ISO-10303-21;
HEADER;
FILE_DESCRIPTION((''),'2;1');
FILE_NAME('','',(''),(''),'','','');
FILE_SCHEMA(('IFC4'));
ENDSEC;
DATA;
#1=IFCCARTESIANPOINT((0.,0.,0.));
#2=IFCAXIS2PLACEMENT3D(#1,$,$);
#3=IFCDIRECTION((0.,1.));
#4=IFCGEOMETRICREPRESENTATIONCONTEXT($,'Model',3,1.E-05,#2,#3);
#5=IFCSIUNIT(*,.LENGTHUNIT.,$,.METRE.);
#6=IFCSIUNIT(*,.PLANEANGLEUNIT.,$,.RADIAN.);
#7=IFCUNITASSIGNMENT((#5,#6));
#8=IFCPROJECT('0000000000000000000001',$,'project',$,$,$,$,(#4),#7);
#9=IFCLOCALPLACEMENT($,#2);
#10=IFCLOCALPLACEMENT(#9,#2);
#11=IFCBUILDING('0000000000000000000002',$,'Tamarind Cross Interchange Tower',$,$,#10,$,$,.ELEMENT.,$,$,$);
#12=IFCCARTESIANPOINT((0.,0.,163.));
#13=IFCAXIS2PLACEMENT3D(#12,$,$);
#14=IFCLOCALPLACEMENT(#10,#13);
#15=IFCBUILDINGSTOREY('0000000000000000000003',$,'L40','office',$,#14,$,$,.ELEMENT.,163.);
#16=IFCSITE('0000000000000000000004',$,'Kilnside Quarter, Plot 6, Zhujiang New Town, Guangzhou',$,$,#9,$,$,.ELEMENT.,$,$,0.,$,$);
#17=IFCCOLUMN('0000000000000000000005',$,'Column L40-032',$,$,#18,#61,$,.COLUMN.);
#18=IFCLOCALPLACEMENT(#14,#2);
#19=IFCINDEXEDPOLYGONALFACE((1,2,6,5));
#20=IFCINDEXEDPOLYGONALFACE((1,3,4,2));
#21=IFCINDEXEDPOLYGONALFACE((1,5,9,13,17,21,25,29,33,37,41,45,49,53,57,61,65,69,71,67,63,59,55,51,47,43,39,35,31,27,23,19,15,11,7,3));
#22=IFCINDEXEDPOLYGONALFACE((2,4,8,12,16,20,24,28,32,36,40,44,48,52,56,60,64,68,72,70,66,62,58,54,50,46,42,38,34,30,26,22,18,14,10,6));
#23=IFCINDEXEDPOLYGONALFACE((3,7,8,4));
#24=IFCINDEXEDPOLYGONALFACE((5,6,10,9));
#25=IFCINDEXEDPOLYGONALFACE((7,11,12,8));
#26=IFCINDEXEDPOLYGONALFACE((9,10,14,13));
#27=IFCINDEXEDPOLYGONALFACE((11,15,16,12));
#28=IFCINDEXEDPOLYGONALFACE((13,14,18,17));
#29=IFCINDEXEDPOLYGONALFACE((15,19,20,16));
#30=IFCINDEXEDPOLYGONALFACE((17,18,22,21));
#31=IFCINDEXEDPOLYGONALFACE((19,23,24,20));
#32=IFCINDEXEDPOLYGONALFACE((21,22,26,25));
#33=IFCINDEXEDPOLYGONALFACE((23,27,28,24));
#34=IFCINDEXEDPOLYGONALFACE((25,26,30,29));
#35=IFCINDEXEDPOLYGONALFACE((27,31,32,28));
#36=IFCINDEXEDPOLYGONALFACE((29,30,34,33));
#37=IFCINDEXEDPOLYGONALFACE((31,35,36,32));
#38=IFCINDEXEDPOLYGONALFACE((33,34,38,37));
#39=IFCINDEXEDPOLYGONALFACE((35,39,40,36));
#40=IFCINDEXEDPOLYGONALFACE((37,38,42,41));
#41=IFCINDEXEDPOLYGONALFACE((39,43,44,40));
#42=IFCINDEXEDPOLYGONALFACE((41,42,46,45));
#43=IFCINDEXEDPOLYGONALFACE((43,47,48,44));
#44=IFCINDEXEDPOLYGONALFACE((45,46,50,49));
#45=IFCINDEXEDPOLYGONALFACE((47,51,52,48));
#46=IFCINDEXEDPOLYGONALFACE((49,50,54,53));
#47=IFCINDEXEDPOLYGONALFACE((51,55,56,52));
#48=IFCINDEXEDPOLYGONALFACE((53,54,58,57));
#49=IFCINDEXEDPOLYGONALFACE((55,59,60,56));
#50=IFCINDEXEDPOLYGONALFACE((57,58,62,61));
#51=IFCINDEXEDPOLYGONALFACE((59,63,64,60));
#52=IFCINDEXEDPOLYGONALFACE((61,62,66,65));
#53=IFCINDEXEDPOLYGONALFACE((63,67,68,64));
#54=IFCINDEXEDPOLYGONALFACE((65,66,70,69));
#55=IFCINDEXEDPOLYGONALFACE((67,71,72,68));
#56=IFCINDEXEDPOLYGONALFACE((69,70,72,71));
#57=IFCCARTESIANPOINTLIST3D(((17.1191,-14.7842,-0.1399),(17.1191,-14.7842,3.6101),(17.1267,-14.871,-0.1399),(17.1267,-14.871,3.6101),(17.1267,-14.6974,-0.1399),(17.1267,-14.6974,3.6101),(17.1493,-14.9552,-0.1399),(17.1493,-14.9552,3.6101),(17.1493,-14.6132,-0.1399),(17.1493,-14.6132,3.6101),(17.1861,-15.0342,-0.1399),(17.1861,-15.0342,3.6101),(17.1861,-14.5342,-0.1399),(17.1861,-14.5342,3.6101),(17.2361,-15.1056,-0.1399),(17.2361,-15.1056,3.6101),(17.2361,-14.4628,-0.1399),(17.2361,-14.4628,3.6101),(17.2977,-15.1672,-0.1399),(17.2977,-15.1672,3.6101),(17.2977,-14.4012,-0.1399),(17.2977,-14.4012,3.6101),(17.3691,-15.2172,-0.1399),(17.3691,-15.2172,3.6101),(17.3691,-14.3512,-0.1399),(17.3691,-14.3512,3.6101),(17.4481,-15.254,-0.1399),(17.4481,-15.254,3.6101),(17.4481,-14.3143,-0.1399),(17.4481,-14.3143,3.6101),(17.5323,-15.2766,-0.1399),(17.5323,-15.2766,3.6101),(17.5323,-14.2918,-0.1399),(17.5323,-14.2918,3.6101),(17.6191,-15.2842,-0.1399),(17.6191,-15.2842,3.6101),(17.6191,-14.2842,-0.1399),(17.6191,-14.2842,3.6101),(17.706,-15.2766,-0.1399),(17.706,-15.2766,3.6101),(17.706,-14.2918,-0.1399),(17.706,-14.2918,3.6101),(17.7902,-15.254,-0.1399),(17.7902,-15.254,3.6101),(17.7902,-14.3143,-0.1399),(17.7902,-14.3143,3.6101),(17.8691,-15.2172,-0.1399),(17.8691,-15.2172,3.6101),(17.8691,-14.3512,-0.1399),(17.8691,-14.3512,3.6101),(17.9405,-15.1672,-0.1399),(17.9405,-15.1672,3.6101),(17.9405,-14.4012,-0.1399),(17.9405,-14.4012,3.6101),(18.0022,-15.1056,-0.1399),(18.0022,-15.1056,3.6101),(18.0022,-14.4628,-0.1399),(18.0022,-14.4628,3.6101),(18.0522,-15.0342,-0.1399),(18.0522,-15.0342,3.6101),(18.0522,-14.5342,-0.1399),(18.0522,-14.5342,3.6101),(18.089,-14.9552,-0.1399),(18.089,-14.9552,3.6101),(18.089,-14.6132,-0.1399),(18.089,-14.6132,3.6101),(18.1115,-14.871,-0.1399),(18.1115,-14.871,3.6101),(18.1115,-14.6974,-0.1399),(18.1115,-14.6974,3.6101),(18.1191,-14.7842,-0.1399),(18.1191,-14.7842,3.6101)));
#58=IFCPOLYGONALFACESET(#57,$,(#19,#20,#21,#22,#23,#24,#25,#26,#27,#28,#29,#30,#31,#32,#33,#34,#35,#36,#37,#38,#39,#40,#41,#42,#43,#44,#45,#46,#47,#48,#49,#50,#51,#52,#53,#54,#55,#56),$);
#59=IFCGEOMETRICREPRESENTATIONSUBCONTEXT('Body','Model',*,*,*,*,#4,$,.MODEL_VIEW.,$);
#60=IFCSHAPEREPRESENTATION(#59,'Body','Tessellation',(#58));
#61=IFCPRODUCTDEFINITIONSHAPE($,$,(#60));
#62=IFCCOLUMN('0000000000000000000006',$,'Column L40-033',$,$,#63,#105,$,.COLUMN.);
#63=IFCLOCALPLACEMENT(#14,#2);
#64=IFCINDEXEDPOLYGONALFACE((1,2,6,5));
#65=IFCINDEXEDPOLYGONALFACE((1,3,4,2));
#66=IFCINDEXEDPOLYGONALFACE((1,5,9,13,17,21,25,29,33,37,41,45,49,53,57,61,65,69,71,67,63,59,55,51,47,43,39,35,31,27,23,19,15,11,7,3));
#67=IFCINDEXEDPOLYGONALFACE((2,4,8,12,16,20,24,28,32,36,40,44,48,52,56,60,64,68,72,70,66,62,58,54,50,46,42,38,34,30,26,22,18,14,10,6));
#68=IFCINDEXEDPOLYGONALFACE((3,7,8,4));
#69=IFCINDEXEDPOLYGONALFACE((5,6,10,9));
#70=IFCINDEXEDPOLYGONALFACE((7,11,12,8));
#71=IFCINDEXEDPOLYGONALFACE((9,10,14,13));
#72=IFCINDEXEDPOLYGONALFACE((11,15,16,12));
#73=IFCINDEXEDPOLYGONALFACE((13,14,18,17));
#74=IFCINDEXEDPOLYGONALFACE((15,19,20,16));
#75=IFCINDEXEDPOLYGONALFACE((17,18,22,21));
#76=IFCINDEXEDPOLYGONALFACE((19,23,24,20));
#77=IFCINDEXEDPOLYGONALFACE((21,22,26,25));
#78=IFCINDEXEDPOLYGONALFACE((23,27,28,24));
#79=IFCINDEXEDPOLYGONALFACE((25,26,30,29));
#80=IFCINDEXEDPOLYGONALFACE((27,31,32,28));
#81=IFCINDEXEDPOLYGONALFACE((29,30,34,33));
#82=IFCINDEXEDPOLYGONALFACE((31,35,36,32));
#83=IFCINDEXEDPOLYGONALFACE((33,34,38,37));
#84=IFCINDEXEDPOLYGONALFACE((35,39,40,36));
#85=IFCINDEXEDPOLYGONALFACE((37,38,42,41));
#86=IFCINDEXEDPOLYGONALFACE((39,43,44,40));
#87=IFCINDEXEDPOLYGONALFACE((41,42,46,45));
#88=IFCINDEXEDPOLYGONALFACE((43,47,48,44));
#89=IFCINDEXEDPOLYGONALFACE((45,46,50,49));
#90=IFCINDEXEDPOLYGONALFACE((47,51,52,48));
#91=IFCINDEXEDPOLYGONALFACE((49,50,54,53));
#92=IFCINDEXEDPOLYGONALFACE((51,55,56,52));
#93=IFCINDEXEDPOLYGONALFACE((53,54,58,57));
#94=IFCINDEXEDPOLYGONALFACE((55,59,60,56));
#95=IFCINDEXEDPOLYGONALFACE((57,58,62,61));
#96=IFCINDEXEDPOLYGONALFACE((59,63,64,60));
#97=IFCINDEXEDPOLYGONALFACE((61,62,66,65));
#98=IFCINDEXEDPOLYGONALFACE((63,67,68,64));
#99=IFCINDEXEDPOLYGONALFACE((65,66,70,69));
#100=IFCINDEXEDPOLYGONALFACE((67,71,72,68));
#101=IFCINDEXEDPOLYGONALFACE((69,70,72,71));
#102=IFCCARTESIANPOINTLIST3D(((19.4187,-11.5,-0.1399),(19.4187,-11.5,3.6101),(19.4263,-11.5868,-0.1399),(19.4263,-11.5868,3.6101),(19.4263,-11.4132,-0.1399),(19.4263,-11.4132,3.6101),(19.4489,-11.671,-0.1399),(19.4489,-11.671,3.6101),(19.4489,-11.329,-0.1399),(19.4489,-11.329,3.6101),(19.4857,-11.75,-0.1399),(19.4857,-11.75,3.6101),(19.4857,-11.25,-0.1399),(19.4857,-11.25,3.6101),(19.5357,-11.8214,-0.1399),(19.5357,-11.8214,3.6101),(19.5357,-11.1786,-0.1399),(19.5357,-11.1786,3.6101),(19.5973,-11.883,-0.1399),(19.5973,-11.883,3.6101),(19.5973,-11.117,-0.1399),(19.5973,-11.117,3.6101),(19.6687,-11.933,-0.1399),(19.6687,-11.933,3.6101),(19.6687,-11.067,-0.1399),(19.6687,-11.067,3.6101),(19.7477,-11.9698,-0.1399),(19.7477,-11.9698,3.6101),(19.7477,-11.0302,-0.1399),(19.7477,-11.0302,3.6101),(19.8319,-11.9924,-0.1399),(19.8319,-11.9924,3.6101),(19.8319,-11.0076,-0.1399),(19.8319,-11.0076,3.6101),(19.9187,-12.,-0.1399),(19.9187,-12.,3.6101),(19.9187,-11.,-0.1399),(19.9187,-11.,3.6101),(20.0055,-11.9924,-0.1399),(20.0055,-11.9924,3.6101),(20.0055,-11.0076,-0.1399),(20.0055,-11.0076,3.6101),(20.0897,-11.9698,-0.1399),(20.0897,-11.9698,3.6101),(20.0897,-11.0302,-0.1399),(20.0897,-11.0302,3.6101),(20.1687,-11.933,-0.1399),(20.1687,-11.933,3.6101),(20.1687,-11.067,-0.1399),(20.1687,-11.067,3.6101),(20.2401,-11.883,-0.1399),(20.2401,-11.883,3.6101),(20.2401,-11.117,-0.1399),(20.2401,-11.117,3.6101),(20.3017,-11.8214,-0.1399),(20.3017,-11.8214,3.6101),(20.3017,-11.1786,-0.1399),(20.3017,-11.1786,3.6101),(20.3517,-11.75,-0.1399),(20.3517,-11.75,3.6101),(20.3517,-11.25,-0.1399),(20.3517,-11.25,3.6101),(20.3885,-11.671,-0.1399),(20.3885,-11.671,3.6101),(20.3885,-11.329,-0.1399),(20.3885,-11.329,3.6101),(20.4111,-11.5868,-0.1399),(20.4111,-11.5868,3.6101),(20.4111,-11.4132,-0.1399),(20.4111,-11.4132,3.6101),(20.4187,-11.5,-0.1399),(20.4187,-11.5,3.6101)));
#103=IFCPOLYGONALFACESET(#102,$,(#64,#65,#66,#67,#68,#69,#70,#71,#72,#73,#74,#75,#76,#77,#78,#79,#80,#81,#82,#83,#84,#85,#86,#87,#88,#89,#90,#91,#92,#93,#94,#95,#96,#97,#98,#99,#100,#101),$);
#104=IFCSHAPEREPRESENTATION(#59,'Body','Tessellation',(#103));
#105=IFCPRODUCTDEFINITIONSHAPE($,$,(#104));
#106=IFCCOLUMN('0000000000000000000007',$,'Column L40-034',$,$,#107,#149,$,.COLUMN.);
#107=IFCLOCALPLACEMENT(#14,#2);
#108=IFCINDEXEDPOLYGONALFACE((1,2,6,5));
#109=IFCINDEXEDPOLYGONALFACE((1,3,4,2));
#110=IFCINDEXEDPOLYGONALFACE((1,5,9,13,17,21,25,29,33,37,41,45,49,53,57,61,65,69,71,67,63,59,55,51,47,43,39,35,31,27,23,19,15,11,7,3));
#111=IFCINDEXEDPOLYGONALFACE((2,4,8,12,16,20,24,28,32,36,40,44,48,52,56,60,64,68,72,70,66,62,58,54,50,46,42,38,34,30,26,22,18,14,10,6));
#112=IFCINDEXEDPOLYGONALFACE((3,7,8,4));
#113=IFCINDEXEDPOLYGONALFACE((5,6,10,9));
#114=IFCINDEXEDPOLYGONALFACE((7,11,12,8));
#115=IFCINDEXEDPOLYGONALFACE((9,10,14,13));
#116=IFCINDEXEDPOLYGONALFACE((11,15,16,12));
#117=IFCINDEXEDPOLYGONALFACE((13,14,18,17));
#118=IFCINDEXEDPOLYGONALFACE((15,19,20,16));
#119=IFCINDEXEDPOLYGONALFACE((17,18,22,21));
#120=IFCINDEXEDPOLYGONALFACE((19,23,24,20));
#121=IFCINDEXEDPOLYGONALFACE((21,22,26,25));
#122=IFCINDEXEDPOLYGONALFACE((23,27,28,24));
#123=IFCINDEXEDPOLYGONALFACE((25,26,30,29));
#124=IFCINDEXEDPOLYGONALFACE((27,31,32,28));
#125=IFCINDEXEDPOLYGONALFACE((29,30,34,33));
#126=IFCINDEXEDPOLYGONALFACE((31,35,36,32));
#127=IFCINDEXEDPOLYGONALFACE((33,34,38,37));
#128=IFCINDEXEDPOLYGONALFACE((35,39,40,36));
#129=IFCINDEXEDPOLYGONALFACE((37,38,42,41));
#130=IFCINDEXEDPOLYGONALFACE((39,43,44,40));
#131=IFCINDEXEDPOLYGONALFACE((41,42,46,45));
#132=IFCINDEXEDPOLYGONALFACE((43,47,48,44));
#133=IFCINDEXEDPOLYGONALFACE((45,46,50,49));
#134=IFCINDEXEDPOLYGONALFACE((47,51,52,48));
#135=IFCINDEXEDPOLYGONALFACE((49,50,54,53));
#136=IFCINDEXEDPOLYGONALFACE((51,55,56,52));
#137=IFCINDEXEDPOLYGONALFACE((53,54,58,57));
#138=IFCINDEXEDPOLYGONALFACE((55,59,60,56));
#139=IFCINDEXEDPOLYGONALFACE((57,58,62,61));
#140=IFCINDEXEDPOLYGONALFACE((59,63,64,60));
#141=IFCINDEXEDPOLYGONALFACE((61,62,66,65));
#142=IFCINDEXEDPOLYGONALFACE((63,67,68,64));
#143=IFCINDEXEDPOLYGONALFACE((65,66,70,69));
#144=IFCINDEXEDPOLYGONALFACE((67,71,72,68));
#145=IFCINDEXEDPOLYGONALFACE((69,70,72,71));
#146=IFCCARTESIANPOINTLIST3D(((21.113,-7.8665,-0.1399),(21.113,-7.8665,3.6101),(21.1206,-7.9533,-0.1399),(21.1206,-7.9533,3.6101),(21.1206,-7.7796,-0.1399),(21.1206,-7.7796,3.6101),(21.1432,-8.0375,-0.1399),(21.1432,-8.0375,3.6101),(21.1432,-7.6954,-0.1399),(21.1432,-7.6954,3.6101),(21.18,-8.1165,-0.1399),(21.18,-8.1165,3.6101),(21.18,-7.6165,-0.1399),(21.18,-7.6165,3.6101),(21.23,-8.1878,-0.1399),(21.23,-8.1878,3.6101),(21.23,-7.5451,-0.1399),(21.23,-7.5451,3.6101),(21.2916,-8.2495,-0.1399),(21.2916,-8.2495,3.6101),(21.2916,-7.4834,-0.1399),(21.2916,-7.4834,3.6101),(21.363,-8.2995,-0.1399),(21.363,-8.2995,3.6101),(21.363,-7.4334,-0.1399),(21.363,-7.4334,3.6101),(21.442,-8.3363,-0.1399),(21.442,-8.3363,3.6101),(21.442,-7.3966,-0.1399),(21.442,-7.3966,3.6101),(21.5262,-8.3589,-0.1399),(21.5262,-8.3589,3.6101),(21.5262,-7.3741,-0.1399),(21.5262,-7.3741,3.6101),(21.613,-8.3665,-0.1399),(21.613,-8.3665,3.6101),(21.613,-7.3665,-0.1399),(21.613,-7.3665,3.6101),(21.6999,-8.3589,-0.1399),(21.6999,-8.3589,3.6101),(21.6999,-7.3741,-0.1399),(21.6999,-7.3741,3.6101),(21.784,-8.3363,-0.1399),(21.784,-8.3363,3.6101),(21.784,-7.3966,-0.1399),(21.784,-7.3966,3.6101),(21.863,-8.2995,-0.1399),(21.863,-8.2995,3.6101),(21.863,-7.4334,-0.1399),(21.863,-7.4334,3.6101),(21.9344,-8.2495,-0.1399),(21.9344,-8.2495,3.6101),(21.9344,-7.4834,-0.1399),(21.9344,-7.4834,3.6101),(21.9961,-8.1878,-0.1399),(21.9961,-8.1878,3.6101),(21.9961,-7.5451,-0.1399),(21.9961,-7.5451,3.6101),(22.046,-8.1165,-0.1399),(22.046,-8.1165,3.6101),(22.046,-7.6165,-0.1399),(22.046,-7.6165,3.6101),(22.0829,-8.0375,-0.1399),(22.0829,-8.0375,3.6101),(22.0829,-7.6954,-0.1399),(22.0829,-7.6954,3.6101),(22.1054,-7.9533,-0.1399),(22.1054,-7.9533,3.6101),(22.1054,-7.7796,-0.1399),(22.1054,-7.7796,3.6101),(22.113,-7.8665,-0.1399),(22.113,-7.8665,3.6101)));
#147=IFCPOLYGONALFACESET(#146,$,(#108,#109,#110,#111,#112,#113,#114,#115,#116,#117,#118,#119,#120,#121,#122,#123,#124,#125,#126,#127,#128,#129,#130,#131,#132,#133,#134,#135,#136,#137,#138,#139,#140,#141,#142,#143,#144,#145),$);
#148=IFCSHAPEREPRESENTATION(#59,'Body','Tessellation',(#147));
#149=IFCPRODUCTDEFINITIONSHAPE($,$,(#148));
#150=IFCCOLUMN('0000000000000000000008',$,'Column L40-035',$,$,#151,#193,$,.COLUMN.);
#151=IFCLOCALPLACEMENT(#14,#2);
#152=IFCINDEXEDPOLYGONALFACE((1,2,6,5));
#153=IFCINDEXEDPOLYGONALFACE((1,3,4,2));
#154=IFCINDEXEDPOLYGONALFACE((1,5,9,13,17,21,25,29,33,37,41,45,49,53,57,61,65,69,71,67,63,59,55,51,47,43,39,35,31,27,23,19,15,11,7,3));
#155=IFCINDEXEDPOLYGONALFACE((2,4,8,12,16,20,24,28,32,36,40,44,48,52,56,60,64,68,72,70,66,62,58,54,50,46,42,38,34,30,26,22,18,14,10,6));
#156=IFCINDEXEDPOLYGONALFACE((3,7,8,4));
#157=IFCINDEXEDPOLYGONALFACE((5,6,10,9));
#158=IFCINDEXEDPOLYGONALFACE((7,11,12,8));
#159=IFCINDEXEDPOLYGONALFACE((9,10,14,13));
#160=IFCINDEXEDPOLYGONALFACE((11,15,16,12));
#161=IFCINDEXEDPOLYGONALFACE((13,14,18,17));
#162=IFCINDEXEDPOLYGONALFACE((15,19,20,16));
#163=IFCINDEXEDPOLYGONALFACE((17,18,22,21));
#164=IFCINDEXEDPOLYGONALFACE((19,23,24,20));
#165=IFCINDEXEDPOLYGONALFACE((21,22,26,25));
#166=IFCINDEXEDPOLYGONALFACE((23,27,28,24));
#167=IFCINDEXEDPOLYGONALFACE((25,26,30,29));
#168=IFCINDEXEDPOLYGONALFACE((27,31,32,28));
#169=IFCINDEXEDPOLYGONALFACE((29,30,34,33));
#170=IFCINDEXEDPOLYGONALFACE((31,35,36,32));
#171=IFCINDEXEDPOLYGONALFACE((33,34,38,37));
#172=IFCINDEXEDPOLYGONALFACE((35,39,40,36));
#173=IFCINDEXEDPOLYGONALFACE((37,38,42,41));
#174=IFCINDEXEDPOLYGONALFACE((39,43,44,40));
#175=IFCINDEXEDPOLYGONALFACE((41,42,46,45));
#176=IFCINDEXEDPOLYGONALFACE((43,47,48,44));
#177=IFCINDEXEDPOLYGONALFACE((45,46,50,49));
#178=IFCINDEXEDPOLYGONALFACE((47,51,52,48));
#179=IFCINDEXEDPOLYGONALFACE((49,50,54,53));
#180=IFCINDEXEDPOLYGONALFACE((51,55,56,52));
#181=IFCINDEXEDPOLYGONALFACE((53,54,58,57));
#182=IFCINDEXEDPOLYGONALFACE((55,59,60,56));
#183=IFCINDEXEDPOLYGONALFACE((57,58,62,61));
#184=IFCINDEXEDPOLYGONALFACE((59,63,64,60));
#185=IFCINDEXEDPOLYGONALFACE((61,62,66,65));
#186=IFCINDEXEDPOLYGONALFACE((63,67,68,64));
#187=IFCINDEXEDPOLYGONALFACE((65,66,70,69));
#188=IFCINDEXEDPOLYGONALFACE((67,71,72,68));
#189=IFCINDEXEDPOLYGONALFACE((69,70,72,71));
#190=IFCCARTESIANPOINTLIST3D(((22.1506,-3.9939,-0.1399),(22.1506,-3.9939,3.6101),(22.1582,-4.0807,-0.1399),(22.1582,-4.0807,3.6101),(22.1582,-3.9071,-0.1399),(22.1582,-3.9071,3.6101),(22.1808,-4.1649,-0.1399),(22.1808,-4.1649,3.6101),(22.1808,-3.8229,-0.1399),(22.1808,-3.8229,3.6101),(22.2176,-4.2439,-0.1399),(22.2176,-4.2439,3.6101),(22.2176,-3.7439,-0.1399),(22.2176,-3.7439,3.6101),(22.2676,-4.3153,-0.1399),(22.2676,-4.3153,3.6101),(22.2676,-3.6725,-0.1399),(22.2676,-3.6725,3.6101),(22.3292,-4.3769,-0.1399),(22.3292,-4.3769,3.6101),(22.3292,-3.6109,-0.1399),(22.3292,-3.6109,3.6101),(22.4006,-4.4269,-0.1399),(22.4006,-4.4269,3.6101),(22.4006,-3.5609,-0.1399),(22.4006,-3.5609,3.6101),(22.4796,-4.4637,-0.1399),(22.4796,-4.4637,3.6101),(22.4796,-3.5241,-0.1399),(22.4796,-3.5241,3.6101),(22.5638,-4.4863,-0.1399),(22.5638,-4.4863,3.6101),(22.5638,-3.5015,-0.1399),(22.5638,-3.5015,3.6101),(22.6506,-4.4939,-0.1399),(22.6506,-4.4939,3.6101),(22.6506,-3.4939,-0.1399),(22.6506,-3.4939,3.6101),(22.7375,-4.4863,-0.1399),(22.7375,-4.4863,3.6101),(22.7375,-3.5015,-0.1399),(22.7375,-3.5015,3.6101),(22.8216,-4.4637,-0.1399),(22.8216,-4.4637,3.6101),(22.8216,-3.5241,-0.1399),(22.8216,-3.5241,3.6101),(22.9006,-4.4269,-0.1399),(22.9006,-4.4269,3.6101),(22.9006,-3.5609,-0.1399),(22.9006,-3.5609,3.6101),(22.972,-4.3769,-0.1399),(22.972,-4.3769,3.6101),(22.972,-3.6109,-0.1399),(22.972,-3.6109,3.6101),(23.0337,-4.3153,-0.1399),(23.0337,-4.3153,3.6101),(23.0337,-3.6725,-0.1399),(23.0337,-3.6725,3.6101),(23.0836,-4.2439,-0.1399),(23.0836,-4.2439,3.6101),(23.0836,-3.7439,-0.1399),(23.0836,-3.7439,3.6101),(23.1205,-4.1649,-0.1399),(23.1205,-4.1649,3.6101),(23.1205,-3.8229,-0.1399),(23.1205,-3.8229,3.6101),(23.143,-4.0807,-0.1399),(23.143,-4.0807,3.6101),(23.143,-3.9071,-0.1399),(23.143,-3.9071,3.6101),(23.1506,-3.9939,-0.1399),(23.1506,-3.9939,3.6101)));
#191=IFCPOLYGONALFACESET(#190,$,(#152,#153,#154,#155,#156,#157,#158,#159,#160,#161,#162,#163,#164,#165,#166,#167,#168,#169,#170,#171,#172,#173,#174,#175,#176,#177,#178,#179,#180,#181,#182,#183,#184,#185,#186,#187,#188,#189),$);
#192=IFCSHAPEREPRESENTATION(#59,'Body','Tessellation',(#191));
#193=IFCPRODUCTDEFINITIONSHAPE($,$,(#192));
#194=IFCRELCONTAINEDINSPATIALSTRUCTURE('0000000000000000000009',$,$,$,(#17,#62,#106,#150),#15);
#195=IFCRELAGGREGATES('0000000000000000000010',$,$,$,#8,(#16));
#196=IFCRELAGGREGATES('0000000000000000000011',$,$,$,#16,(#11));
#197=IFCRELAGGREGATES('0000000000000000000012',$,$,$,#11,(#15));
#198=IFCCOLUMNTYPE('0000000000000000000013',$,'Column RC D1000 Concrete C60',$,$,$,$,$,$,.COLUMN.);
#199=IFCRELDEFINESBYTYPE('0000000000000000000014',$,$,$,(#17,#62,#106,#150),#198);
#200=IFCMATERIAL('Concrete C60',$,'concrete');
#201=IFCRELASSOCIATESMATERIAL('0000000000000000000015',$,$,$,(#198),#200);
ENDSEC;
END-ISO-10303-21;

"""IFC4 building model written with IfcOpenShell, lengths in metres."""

from ifc_helpers import new_model, si_unit, direction, frame, origin, origin_2d, place, context, subcontext, project, spatial, circle, extrude, material, material_profile, profile_set, type_object, element, save


model = new_model("IFC4")

# Units and contexts
model_context = context("Model", 3, precision=1e-05, world=origin(), true_north=direction((0.0, 1.0)))
body_context = subcontext(model_context, "Body", "Model", "MODEL_VIEW")
ifc_project = project(units=[si_unit("LENGTHUNIT", "METRE"), si_unit("PLANEANGLEUNIT", "RADIAN")], contexts=[model_context])

# Site, building, storey
site_placement = place(None, origin())
site = spatial("IfcSite", under=ifc_project, at=site_placement, Name="Kilnside Quarter, Plot 6, Zhujiang New Town, Guangzhou", CompositionType="ELEMENT", RefElevation=0.0)
building_placement = place(site_placement, origin())
building = spatial("IfcBuilding", under=site, at=building_placement, Name="Tamarind Cross Interchange Tower", CompositionType="ELEMENT")
storey_placement = place(building_placement, frame((0.0, 0.0, 163.0)))
storey = spatial("IfcBuildingStorey", under=building, at=storey_placement, Name="L40", Description="office", CompositionType="ELEMENT", Elevation=163.0)

# Columns
ifc_material_1 = material(Name="Concrete C60", Category="concrete")
ifc_material_profile_1 = material_profile(ifc_material_1, circle(Radius=0.5, at=origin_2d()), Name="RC D1000")
ifc_profile_set_1 = profile_set([ifc_material_profile_1], Name="Concrete C60")
column_type = type_object("IfcColumnType", Name="Column RC D1000 Concrete C60", PredefinedType="COLUMN", material=ifc_profile_set_1)
for number, where, z_axis, x_axis, name in (
    (1, (17.6191, -14.7842, -0.1399), (0.0, 0.0, 1.0), (1.0, 0.0, 0.0), "Column L40-032"),
    (2, (19.9187, -11.5, -0.1399), (0.0, 0.0, 1.0), (1.0, 0.0, 0.0), "Column L40-033"),
    (3, (21.613, -7.8665, -0.1399), (0.0, 0.0, 1.0), (1.0, 0.0, 0.0), "Column L40-034"),
    (4, (22.6506, -3.9939, -0.1399), (0.0, 0.0, 1.0), (1.0, 0.0, 0.0), "Column L40-035"),
):
    element("IfcColumn", number, at=place(storey_placement, frame(where, z_axis=z_axis, x_axis=x_axis)), inside=storey, type_object=column_type, Name=name, PredefinedType="COLUMN", context=body_context, shape_type="SweptSolid", body=[
        extrude(circle(Radius=0.5, at=origin_2d()), origin(), (0.0, 0.0, 1.0), 3.75),
    ])

save(model, "model.ifc")
